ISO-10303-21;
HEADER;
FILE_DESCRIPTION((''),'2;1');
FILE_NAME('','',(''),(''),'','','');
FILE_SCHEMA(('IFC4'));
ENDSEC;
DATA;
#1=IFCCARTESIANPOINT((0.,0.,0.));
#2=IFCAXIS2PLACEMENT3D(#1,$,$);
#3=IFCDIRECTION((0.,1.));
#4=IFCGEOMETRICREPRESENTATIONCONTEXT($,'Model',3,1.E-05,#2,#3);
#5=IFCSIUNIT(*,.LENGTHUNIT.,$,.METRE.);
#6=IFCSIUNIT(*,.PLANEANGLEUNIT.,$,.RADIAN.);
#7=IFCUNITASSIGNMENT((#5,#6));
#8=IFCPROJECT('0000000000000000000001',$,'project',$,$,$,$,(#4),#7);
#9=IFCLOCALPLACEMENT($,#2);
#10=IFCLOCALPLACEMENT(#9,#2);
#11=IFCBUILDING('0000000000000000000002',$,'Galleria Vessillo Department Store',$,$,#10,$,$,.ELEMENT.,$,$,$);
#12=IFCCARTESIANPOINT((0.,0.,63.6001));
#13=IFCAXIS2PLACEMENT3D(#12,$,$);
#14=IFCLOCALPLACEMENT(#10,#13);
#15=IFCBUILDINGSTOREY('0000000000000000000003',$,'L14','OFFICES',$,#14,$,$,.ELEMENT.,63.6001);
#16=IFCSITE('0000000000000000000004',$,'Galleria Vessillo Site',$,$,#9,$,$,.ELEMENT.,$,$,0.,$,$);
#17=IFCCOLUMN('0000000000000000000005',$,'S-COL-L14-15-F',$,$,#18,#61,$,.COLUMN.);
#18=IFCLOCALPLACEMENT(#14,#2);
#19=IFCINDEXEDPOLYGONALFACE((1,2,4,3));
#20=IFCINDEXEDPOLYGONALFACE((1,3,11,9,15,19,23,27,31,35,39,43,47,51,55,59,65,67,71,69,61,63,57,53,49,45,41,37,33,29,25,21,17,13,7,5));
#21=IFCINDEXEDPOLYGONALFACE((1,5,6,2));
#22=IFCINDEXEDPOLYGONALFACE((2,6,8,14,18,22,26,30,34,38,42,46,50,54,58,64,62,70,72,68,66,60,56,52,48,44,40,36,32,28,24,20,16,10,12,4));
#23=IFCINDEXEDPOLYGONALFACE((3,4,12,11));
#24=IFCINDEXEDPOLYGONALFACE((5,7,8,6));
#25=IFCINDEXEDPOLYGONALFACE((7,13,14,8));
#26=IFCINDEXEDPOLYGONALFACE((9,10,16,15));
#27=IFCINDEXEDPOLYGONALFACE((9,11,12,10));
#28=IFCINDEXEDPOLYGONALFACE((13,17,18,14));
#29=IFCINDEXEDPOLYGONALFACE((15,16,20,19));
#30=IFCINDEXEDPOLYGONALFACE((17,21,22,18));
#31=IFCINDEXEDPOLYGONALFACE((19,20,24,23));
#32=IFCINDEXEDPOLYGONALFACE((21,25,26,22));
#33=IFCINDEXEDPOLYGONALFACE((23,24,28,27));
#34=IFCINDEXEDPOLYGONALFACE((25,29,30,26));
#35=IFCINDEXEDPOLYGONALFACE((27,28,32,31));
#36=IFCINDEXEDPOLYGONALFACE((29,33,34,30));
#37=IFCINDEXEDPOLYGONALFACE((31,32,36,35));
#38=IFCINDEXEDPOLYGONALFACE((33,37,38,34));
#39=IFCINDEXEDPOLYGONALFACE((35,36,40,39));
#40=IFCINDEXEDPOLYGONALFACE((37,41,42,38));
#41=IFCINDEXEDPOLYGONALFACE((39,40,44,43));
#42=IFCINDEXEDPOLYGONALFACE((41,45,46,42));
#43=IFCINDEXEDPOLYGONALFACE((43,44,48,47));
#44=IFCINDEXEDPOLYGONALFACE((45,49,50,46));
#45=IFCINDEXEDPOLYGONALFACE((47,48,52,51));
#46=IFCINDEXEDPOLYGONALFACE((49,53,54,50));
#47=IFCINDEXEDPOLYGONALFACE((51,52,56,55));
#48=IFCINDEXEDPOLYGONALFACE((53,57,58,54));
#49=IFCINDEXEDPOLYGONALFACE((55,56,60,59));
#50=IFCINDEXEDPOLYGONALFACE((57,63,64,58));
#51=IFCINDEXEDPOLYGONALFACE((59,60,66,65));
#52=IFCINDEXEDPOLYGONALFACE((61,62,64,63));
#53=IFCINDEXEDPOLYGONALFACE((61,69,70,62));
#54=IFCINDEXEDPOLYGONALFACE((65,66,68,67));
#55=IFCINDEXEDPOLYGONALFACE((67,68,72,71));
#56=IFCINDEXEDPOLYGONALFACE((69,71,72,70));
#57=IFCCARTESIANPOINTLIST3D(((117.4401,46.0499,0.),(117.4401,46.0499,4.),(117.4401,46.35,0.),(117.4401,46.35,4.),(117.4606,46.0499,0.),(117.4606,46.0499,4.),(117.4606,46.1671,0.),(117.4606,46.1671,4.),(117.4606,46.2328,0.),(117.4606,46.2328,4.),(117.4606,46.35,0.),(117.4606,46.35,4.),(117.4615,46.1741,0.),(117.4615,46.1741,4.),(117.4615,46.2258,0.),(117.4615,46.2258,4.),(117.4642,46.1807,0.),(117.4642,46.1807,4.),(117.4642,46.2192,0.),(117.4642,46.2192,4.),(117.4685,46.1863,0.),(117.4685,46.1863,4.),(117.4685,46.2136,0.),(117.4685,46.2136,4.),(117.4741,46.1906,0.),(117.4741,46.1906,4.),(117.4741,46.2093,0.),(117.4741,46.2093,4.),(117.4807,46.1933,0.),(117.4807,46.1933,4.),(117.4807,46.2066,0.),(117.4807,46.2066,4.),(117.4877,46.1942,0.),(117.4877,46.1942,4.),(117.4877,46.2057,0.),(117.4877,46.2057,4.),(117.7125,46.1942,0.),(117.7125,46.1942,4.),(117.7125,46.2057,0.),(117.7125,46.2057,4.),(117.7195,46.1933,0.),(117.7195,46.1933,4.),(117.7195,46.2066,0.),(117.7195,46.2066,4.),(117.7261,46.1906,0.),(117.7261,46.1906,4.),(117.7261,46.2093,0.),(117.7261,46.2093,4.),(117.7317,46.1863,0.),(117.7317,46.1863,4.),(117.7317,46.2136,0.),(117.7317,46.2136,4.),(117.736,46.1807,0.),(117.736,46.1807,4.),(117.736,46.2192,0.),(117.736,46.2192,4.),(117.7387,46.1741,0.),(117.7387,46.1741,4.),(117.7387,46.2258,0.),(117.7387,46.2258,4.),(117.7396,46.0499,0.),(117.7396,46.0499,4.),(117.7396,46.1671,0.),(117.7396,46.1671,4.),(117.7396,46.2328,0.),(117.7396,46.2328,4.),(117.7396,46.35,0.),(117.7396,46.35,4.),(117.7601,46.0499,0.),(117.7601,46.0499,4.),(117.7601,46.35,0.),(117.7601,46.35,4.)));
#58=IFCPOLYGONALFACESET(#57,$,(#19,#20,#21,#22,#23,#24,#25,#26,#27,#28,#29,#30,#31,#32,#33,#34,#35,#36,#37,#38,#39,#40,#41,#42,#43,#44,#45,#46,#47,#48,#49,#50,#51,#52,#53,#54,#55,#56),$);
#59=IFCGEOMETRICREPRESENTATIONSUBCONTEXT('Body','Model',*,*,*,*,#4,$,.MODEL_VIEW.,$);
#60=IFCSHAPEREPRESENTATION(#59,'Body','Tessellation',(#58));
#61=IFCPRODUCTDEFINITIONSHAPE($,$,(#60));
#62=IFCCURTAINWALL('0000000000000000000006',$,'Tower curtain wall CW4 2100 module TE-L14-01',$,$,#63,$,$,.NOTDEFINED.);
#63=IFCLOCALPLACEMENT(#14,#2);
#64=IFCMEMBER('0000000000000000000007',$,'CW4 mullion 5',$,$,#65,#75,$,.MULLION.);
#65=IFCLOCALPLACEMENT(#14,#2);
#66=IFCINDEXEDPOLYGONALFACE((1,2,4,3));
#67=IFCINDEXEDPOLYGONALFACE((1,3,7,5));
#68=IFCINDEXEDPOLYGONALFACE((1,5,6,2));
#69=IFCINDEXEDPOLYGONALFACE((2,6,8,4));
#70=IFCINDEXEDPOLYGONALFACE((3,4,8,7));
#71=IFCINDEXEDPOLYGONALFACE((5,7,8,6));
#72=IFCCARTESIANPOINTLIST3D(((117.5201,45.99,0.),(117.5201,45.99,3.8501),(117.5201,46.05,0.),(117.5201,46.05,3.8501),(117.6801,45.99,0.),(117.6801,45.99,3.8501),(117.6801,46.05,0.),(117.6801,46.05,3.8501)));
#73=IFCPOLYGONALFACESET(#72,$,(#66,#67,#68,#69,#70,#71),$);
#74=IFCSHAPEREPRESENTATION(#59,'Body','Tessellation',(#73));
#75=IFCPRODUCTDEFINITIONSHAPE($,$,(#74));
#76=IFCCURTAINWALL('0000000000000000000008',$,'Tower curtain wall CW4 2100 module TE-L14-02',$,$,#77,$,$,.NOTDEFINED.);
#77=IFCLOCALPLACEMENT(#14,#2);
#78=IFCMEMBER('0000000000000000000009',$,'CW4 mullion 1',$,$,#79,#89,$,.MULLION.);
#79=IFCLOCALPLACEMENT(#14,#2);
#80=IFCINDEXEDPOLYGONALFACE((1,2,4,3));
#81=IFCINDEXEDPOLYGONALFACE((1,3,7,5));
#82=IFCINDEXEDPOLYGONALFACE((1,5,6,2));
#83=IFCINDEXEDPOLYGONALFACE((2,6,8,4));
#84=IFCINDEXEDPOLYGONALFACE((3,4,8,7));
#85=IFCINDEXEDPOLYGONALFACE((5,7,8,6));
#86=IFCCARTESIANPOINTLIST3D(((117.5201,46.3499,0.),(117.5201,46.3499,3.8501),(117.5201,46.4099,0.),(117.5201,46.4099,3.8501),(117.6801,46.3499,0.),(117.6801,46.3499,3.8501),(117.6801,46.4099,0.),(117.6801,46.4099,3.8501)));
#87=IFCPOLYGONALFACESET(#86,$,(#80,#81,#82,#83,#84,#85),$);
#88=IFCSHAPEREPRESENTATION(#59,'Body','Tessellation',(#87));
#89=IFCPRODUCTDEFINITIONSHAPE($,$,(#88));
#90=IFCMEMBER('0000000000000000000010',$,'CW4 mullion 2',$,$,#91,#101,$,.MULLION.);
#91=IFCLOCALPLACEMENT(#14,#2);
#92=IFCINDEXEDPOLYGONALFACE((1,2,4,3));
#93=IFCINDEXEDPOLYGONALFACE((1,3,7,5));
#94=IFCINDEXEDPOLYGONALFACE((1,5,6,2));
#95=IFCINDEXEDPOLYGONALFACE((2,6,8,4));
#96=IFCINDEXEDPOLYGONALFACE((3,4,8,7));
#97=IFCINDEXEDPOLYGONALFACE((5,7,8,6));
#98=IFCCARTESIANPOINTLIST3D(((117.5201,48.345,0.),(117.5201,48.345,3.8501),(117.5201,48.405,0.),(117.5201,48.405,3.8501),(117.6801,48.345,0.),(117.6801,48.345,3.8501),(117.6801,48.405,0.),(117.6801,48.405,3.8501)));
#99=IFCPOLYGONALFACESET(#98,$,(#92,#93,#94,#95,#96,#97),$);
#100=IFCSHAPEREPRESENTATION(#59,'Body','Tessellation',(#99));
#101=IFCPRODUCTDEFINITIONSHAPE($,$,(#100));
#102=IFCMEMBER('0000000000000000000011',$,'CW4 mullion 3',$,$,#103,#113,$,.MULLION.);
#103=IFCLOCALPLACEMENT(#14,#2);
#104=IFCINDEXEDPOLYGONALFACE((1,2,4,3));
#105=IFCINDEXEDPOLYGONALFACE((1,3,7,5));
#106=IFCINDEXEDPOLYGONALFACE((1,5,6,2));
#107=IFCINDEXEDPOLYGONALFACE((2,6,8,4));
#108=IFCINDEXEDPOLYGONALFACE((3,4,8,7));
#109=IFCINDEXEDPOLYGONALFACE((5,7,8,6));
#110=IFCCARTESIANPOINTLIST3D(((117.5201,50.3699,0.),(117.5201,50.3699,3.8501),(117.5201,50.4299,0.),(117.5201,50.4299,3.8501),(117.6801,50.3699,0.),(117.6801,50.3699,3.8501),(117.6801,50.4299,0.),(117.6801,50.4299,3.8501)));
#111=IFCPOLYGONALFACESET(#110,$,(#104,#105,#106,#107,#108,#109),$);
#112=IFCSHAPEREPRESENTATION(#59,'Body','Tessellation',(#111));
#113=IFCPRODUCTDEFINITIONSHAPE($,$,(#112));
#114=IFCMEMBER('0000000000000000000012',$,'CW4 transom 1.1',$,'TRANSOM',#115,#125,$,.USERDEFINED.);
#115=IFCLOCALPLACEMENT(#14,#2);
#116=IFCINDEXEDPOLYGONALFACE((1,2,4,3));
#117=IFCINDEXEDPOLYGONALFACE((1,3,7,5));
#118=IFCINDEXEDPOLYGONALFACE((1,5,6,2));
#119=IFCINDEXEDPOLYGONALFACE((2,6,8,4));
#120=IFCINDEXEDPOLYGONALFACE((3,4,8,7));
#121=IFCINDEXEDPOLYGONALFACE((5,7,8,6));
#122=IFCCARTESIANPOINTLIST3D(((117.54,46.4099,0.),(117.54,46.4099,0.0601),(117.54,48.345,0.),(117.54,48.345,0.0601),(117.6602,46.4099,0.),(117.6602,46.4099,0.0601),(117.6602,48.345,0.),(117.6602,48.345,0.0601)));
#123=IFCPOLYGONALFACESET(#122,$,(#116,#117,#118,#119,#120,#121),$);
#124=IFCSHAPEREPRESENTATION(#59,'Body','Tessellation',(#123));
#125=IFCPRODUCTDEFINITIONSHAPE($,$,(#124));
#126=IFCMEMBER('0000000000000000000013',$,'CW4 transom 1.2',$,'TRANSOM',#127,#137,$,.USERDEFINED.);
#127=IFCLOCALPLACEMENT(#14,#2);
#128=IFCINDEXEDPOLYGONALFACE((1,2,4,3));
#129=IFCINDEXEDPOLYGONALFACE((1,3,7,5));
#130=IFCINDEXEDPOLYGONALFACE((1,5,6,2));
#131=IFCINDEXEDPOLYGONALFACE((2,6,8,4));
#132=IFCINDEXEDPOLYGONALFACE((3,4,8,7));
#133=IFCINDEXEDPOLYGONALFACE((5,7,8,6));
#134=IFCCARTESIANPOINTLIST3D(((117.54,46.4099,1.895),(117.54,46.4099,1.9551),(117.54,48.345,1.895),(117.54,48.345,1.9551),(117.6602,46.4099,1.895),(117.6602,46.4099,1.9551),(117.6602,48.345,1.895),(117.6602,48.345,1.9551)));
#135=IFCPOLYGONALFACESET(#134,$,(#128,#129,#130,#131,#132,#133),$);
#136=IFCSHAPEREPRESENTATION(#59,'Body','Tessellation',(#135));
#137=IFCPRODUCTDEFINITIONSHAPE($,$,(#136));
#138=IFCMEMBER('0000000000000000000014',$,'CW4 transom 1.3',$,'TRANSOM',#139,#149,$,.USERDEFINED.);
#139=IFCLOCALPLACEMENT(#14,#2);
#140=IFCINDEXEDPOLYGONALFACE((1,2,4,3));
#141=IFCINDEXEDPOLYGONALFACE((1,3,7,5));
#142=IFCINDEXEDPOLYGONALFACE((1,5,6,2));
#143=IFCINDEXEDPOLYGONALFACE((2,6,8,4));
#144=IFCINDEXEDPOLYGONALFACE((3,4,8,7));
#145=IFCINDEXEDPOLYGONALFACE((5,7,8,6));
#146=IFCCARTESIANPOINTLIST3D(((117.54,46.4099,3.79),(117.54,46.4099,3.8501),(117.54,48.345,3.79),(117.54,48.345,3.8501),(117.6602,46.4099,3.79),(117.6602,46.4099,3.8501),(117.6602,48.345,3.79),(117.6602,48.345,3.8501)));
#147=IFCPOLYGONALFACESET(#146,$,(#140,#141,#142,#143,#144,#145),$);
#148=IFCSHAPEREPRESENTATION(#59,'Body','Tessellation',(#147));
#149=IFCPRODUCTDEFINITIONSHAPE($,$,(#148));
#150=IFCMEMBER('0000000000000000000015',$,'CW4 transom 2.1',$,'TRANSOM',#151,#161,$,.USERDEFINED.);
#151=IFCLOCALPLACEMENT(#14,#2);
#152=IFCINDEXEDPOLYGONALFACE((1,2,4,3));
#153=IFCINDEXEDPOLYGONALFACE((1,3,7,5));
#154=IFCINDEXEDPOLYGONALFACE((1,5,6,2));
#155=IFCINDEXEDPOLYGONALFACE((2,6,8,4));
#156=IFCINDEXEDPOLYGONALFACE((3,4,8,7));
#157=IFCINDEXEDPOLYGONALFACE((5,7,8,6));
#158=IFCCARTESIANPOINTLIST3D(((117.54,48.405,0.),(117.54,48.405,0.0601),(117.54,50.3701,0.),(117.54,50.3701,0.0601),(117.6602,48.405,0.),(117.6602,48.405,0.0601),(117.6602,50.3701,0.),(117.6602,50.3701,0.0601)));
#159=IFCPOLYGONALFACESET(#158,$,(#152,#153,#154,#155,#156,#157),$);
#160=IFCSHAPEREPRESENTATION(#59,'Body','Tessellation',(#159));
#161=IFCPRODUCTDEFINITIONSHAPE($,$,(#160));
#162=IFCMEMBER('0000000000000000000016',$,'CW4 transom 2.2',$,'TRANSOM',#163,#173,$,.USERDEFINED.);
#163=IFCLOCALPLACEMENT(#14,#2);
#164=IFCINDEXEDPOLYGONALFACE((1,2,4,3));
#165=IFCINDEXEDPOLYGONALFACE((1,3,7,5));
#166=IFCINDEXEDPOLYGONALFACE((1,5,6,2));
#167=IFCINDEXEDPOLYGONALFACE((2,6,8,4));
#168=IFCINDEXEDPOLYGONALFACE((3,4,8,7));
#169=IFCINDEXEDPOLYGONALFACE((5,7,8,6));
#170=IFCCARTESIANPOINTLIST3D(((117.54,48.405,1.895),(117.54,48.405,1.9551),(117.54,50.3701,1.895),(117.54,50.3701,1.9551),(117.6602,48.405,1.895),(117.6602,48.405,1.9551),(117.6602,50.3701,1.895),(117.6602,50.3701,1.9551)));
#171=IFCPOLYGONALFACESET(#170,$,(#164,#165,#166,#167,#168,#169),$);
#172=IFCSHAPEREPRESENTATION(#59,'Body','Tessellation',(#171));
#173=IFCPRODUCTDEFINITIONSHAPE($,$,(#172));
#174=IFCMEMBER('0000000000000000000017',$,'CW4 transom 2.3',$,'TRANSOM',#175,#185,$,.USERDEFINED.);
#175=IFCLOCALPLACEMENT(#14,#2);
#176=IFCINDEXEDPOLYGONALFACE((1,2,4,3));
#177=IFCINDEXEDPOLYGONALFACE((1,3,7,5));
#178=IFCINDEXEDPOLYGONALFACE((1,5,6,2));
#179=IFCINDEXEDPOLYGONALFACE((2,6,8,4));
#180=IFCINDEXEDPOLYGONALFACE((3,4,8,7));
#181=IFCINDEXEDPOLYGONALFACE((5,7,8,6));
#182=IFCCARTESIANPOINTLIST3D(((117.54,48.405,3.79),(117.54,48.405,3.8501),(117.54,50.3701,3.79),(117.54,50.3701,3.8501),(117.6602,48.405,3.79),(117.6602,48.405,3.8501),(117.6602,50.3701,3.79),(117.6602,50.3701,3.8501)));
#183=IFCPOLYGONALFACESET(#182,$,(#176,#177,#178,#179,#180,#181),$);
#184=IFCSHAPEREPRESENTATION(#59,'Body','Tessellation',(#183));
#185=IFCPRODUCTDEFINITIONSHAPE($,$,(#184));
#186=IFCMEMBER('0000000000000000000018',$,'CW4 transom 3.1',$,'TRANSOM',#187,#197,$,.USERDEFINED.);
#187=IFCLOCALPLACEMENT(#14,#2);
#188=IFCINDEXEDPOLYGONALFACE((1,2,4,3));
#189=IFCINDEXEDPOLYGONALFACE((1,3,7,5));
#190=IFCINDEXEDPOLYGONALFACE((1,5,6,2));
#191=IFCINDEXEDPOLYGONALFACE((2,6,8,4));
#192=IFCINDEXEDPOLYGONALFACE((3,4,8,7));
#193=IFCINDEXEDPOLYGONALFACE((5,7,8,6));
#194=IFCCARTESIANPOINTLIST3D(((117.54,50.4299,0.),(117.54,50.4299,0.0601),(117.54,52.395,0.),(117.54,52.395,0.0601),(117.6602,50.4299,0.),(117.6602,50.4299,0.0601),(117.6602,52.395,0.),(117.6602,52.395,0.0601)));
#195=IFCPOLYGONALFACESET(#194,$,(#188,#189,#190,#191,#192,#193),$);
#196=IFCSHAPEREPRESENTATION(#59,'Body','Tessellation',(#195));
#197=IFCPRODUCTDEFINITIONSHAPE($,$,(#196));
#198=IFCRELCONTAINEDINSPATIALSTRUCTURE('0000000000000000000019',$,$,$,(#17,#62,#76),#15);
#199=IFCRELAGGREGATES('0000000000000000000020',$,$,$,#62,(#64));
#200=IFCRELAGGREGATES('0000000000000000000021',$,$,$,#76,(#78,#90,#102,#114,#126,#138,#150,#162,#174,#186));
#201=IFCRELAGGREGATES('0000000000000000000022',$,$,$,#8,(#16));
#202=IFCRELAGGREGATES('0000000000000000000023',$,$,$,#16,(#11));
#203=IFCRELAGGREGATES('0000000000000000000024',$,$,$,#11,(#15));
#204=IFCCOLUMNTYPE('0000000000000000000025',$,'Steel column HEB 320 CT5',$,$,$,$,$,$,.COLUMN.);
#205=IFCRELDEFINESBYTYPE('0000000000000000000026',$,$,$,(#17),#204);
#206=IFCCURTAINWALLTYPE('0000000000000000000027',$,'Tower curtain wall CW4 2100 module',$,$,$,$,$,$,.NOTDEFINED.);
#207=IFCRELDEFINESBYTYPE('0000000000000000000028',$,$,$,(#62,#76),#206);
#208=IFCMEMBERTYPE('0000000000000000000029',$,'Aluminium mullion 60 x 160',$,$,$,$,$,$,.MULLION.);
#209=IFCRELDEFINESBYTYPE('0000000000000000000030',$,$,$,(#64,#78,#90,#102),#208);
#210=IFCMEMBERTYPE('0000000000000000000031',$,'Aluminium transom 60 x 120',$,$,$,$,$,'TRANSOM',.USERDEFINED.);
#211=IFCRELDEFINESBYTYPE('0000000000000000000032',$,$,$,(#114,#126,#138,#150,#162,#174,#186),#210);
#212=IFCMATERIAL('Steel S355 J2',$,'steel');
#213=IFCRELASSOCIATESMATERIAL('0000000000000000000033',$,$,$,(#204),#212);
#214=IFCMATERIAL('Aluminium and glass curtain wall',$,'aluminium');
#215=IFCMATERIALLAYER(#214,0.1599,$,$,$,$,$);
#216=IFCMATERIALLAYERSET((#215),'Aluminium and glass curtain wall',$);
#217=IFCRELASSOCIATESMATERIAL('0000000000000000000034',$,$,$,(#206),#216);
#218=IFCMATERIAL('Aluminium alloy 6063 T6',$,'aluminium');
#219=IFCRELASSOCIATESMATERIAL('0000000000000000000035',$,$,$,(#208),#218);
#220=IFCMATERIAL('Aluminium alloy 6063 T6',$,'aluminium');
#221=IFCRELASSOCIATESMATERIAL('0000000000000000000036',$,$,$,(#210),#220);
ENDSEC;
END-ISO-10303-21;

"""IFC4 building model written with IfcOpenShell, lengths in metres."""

from ifc_helpers import new_model, si_unit, direction, frame, origin, origin_2d, place, context, subcontext, project, spatial, rectangle, i_section, extrude, material, layer, layer_set, material_profile, profile_set, type_object, element, aggregate, save


model = new_model("IFC4")

# Units and contexts
model_context = context("Model", 3, precision=1e-05, world=origin(), true_north=direction((0.0, 1.0)))
body_context = subcontext(model_context, "Body", "Model", "MODEL_VIEW")
ifc_project = project(units=[si_unit("LENGTHUNIT", "METRE"), si_unit("PLANEANGLEUNIT", "RADIAN")], contexts=[model_context])

# Site, building, storey
site_placement = place(None, origin())
site = spatial("IfcSite", under=ifc_project, at=site_placement, Name="Galleria Vessillo Site", CompositionType="ELEMENT", RefElevation=0.0)
building_placement = place(site_placement, origin())
building = spatial("IfcBuilding", under=site, at=building_placement, Name="Galleria Vessillo Department Store", CompositionType="ELEMENT")
storey_placement = place(building_placement, frame((0.0, 0.0, 63.6001)))
storey = spatial("IfcBuildingStorey", under=building, at=storey_placement, Name="L14", Description="OFFICES", CompositionType="ELEMENT", Elevation=63.6001)

# Column
ifc_material_1 = material(Name="Steel S355 J2", Category="steel")
ifc_material_profile_1 = material_profile(ifc_material_1, i_section(OverallWidth=0.3, OverallDepth=0.3201, WebThickness=0.0115, FlangeThickness=0.0205, FilletRadius=0.0271, at=origin_2d()), Name="HEB 320")
ifc_profile_set_1 = profile_set([ifc_material_profile_1], Name="Steel S355 J2")
column_type = type_object("IfcColumnType", Name="Steel column HEB 320 CT5", PredefinedType="COLUMN", material=ifc_profile_set_1)
column_placement = place(storey_placement, frame((117.6001, 46.2, 0.0), z_axis=(0.0, 0.0, 1.0), x_axis=(0.0, 1.0, 0.0)))
element("IfcColumn", 1, at=column_placement, inside=storey, type_object=column_type, Name="S-COL-L14-15-F", PredefinedType="COLUMN", context=body_context, shape_type="SweptSolid", body=[
    extrude(i_section(OverallWidth=0.3, OverallDepth=0.3201, WebThickness=0.0115, FlangeThickness=0.0205, FilletRadius=0.0271, at=origin_2d()), origin(), (0.0, 0.0, 1.0), 4.0),
])

# Curtain wall, member
ifc_material_2 = material(Name="Aluminium and glass curtain wall", Category="aluminium")
ifc_layer_1 = layer(ifc_material_2, 0.1599)
ifc_layer_set_1 = layer_set([ifc_layer_1], Name="Aluminium and glass curtain wall")
curtain_wall_type = type_object("IfcCurtainWallType", Name="Tower curtain wall CW4 2100 module", PredefinedType="NOTDEFINED", material=ifc_layer_set_1)
curtain_wall_1_placement = place(storey_placement, origin())
curtain_wall_1 = element("IfcCurtainWall", 2, at=curtain_wall_1_placement, inside=storey, type_object=curtain_wall_type, Name="Tower curtain wall CW4 2100 module TE-L14-01", PredefinedType="NOTDEFINED")
ifc_material_3 = material(Name="Aluminium alloy 6063 T6", Category="aluminium")
ifc_material_profile_2 = material_profile(ifc_material_3, rectangle(XDim=0.1599, YDim=0.0601, at=origin_2d()), Name="AL 60x160")
ifc_profile_set_2 = profile_set([ifc_material_profile_2], Name="Aluminium alloy 6063 T6")
member_type_1 = type_object("IfcMemberType", Name="Aluminium mullion 60 x 160", PredefinedType="MULLION", material=ifc_profile_set_2)
member_1_placement = place(storey_placement, frame((117.6001, 46.02, 0.0), z_axis=(0.0, 0.0, 1.0), x_axis=(-1.0, 0.0, 0.0)))
member_1 = element("IfcMember", 3, at=member_1_placement, type_object=member_type_1, Name="CW4 mullion 5", PredefinedType="MULLION", context=body_context, shape_type="SweptSolid", body=[
    extrude(rectangle(XDim=0.1599, YDim=0.0601, at=origin_2d()), origin(), (0.0, 0.0, 1.0), 3.8501),
])

# Curtain wall, members
curtain_wall_2_placement = place(storey_placement, origin())
curtain_wall_2 = element("IfcCurtainWall", 4, at=curtain_wall_2_placement, inside=storey, type_object=curtain_wall_type, Name="Tower curtain wall CW4 2100 module TE-L14-02", PredefinedType="NOTDEFINED")
member_2_placement = place(storey_placement, frame((117.6001, 46.3799, 0.0), z_axis=(0.0, 0.0, 1.0), x_axis=(-1.0, 0.0, 0.0)))
member_2 = element("IfcMember", 5, at=member_2_placement, type_object=member_type_1, Name="CW4 mullion 1", PredefinedType="MULLION", context=body_context, shape_type="SweptSolid", body=[
    extrude(rectangle(XDim=0.1599, YDim=0.0601, at=origin_2d()), origin(), (0.0, 0.0, 1.0), 3.8501),
])
member_3_placement = place(storey_placement, frame((117.6001, 48.375, 0.0), z_axis=(0.0, 0.0, 1.0), x_axis=(-1.0, 0.0, 0.0)))
member_3 = element("IfcMember", 6, at=member_3_placement, type_object=member_type_1, Name="CW4 mullion 2", PredefinedType="MULLION", context=body_context, shape_type="SweptSolid", body=[
    extrude(rectangle(XDim=0.1599, YDim=0.0601, at=origin_2d()), origin(), (0.0, 0.0, 1.0), 3.8501),
])
member_4_placement = place(storey_placement, frame((117.6001, 50.3999, 0.0), z_axis=(0.0, 0.0, 1.0), x_axis=(-1.0, 0.0, 0.0)))
member_4 = element("IfcMember", 7, at=member_4_placement, type_object=member_type_1, Name="CW4 mullion 3", PredefinedType="MULLION", context=body_context, shape_type="SweptSolid", body=[
    extrude(rectangle(XDim=0.1599, YDim=0.0601, at=origin_2d()), origin(), (0.0, 0.0, 1.0), 3.8501),
])
ifc_material_4 = material(Name="Aluminium alloy 6063 T6", Category="aluminium")
ifc_material_profile_3 = material_profile(ifc_material_4, rectangle(XDim=0.1201, YDim=0.0601, at=origin_2d()), Name="AL 60x120")
ifc_profile_set_3 = profile_set([ifc_material_profile_3], Name="Aluminium alloy 6063 T6")
member_type_2 = type_object("IfcMemberType", Name="Aluminium transom 60 x 120", ElementType="TRANSOM", PredefinedType="USERDEFINED", material=ifc_profile_set_3)
member_5_placement = place(storey_placement, frame((117.6001, 46.4099, 0.03), z_axis=(0.0, 1.0, 0.0), x_axis=(-1.0, 0.0, 0.0)))
member_5 = element("IfcMember", 8, at=member_5_placement, type_object=member_type_2, Name="CW4 transom 1.1", ObjectType="TRANSOM", PredefinedType="USERDEFINED", context=body_context, shape_type="SweptSolid", body=[
    extrude(rectangle(XDim=0.1201, YDim=0.0601, at=origin_2d()), origin(), (0.0, 0.0, 1.0), 1.9351),
])
member_6_placement = place(storey_placement, frame((117.6001, 46.4099, 1.925), z_axis=(0.0, 1.0, 0.0), x_axis=(-1.0, 0.0, 0.0)))
member_6 = element("IfcMember", 9, at=member_6_placement, type_object=member_type_2, Name="CW4 transom 1.2", ObjectType="TRANSOM", PredefinedType="USERDEFINED", context=body_context, shape_type="SweptSolid", body=[
    extrude(rectangle(XDim=0.1201, YDim=0.0601, at=origin_2d()), origin(), (0.0, 0.0, 1.0), 1.9351),
])
member_7_placement = place(storey_placement, frame((117.6001, 46.4099, 3.8201), z_axis=(0.0, 1.0, 0.0), x_axis=(-1.0, 0.0, 0.0)))
member_7 = element("IfcMember", 10, at=member_7_placement, type_object=member_type_2, Name="CW4 transom 1.3", ObjectType="TRANSOM", PredefinedType="USERDEFINED", context=body_context, shape_type="SweptSolid", body=[
    extrude(rectangle(XDim=0.1201, YDim=0.0601, at=origin_2d()), origin(), (0.0, 0.0, 1.0), 1.9351),
])
member_8_placement = place(storey_placement, frame((117.6001, 48.405, 0.03), z_axis=(0.0, 1.0, 0.0), x_axis=(-1.0, 0.0, 0.0)))
member_8 = element("IfcMember", 11, at=member_8_placement, type_object=member_type_2, Name="CW4 transom 2.1", ObjectType="TRANSOM", PredefinedType="USERDEFINED", context=body_context, shape_type="SweptSolid", body=[
    extrude(rectangle(XDim=0.1201, YDim=0.0601, at=origin_2d()), origin(), (0.0, 0.0, 1.0), 1.9651),
])
member_9_placement = place(storey_placement, frame((117.6001, 48.405, 1.925), z_axis=(0.0, 1.0, 0.0), x_axis=(-1.0, 0.0, 0.0)))
member_9 = element("IfcMember", 12, at=member_9_placement, type_object=member_type_2, Name="CW4 transom 2.2", ObjectType="TRANSOM", PredefinedType="USERDEFINED", context=body_context, shape_type="SweptSolid", body=[
    extrude(rectangle(XDim=0.1201, YDim=0.0601, at=origin_2d()), origin(), (0.0, 0.0, 1.0), 1.9651),
])
member_10_placement = place(storey_placement, frame((117.6001, 48.405, 3.8201), z_axis=(0.0, 1.0, 0.0), x_axis=(-1.0, 0.0, 0.0)))
member_10 = element("IfcMember", 13, at=member_10_placement, type_object=member_type_2, Name="CW4 transom 2.3", ObjectType="TRANSOM", PredefinedType="USERDEFINED", context=body_context, shape_type="SweptSolid", body=[
    extrude(rectangle(XDim=0.1201, YDim=0.0601, at=origin_2d()), origin(), (0.0, 0.0, 1.0), 1.9651),
])
member_11_placement = place(storey_placement, frame((117.6001, 50.4299, 0.03), z_axis=(0.0, 1.0, 0.0), x_axis=(-1.0, 0.0, 0.0)))
member_11 = element("IfcMember", 14, at=member_11_placement, type_object=member_type_2, Name="CW4 transom 3.1", ObjectType="TRANSOM", PredefinedType="USERDEFINED", context=body_context, shape_type="SweptSolid", body=[
    extrude(rectangle(XDim=0.1201, YDim=0.0601, at=origin_2d()), origin(), (0.0, 0.0, 1.0), 1.9651),
])

aggregate(curtain_wall_1, [member_1])
aggregate(curtain_wall_2, [member_2, member_3, member_4, member_5, member_6, member_7, member_8, member_9, member_10, member_11])

save(model, "model.ifc")
